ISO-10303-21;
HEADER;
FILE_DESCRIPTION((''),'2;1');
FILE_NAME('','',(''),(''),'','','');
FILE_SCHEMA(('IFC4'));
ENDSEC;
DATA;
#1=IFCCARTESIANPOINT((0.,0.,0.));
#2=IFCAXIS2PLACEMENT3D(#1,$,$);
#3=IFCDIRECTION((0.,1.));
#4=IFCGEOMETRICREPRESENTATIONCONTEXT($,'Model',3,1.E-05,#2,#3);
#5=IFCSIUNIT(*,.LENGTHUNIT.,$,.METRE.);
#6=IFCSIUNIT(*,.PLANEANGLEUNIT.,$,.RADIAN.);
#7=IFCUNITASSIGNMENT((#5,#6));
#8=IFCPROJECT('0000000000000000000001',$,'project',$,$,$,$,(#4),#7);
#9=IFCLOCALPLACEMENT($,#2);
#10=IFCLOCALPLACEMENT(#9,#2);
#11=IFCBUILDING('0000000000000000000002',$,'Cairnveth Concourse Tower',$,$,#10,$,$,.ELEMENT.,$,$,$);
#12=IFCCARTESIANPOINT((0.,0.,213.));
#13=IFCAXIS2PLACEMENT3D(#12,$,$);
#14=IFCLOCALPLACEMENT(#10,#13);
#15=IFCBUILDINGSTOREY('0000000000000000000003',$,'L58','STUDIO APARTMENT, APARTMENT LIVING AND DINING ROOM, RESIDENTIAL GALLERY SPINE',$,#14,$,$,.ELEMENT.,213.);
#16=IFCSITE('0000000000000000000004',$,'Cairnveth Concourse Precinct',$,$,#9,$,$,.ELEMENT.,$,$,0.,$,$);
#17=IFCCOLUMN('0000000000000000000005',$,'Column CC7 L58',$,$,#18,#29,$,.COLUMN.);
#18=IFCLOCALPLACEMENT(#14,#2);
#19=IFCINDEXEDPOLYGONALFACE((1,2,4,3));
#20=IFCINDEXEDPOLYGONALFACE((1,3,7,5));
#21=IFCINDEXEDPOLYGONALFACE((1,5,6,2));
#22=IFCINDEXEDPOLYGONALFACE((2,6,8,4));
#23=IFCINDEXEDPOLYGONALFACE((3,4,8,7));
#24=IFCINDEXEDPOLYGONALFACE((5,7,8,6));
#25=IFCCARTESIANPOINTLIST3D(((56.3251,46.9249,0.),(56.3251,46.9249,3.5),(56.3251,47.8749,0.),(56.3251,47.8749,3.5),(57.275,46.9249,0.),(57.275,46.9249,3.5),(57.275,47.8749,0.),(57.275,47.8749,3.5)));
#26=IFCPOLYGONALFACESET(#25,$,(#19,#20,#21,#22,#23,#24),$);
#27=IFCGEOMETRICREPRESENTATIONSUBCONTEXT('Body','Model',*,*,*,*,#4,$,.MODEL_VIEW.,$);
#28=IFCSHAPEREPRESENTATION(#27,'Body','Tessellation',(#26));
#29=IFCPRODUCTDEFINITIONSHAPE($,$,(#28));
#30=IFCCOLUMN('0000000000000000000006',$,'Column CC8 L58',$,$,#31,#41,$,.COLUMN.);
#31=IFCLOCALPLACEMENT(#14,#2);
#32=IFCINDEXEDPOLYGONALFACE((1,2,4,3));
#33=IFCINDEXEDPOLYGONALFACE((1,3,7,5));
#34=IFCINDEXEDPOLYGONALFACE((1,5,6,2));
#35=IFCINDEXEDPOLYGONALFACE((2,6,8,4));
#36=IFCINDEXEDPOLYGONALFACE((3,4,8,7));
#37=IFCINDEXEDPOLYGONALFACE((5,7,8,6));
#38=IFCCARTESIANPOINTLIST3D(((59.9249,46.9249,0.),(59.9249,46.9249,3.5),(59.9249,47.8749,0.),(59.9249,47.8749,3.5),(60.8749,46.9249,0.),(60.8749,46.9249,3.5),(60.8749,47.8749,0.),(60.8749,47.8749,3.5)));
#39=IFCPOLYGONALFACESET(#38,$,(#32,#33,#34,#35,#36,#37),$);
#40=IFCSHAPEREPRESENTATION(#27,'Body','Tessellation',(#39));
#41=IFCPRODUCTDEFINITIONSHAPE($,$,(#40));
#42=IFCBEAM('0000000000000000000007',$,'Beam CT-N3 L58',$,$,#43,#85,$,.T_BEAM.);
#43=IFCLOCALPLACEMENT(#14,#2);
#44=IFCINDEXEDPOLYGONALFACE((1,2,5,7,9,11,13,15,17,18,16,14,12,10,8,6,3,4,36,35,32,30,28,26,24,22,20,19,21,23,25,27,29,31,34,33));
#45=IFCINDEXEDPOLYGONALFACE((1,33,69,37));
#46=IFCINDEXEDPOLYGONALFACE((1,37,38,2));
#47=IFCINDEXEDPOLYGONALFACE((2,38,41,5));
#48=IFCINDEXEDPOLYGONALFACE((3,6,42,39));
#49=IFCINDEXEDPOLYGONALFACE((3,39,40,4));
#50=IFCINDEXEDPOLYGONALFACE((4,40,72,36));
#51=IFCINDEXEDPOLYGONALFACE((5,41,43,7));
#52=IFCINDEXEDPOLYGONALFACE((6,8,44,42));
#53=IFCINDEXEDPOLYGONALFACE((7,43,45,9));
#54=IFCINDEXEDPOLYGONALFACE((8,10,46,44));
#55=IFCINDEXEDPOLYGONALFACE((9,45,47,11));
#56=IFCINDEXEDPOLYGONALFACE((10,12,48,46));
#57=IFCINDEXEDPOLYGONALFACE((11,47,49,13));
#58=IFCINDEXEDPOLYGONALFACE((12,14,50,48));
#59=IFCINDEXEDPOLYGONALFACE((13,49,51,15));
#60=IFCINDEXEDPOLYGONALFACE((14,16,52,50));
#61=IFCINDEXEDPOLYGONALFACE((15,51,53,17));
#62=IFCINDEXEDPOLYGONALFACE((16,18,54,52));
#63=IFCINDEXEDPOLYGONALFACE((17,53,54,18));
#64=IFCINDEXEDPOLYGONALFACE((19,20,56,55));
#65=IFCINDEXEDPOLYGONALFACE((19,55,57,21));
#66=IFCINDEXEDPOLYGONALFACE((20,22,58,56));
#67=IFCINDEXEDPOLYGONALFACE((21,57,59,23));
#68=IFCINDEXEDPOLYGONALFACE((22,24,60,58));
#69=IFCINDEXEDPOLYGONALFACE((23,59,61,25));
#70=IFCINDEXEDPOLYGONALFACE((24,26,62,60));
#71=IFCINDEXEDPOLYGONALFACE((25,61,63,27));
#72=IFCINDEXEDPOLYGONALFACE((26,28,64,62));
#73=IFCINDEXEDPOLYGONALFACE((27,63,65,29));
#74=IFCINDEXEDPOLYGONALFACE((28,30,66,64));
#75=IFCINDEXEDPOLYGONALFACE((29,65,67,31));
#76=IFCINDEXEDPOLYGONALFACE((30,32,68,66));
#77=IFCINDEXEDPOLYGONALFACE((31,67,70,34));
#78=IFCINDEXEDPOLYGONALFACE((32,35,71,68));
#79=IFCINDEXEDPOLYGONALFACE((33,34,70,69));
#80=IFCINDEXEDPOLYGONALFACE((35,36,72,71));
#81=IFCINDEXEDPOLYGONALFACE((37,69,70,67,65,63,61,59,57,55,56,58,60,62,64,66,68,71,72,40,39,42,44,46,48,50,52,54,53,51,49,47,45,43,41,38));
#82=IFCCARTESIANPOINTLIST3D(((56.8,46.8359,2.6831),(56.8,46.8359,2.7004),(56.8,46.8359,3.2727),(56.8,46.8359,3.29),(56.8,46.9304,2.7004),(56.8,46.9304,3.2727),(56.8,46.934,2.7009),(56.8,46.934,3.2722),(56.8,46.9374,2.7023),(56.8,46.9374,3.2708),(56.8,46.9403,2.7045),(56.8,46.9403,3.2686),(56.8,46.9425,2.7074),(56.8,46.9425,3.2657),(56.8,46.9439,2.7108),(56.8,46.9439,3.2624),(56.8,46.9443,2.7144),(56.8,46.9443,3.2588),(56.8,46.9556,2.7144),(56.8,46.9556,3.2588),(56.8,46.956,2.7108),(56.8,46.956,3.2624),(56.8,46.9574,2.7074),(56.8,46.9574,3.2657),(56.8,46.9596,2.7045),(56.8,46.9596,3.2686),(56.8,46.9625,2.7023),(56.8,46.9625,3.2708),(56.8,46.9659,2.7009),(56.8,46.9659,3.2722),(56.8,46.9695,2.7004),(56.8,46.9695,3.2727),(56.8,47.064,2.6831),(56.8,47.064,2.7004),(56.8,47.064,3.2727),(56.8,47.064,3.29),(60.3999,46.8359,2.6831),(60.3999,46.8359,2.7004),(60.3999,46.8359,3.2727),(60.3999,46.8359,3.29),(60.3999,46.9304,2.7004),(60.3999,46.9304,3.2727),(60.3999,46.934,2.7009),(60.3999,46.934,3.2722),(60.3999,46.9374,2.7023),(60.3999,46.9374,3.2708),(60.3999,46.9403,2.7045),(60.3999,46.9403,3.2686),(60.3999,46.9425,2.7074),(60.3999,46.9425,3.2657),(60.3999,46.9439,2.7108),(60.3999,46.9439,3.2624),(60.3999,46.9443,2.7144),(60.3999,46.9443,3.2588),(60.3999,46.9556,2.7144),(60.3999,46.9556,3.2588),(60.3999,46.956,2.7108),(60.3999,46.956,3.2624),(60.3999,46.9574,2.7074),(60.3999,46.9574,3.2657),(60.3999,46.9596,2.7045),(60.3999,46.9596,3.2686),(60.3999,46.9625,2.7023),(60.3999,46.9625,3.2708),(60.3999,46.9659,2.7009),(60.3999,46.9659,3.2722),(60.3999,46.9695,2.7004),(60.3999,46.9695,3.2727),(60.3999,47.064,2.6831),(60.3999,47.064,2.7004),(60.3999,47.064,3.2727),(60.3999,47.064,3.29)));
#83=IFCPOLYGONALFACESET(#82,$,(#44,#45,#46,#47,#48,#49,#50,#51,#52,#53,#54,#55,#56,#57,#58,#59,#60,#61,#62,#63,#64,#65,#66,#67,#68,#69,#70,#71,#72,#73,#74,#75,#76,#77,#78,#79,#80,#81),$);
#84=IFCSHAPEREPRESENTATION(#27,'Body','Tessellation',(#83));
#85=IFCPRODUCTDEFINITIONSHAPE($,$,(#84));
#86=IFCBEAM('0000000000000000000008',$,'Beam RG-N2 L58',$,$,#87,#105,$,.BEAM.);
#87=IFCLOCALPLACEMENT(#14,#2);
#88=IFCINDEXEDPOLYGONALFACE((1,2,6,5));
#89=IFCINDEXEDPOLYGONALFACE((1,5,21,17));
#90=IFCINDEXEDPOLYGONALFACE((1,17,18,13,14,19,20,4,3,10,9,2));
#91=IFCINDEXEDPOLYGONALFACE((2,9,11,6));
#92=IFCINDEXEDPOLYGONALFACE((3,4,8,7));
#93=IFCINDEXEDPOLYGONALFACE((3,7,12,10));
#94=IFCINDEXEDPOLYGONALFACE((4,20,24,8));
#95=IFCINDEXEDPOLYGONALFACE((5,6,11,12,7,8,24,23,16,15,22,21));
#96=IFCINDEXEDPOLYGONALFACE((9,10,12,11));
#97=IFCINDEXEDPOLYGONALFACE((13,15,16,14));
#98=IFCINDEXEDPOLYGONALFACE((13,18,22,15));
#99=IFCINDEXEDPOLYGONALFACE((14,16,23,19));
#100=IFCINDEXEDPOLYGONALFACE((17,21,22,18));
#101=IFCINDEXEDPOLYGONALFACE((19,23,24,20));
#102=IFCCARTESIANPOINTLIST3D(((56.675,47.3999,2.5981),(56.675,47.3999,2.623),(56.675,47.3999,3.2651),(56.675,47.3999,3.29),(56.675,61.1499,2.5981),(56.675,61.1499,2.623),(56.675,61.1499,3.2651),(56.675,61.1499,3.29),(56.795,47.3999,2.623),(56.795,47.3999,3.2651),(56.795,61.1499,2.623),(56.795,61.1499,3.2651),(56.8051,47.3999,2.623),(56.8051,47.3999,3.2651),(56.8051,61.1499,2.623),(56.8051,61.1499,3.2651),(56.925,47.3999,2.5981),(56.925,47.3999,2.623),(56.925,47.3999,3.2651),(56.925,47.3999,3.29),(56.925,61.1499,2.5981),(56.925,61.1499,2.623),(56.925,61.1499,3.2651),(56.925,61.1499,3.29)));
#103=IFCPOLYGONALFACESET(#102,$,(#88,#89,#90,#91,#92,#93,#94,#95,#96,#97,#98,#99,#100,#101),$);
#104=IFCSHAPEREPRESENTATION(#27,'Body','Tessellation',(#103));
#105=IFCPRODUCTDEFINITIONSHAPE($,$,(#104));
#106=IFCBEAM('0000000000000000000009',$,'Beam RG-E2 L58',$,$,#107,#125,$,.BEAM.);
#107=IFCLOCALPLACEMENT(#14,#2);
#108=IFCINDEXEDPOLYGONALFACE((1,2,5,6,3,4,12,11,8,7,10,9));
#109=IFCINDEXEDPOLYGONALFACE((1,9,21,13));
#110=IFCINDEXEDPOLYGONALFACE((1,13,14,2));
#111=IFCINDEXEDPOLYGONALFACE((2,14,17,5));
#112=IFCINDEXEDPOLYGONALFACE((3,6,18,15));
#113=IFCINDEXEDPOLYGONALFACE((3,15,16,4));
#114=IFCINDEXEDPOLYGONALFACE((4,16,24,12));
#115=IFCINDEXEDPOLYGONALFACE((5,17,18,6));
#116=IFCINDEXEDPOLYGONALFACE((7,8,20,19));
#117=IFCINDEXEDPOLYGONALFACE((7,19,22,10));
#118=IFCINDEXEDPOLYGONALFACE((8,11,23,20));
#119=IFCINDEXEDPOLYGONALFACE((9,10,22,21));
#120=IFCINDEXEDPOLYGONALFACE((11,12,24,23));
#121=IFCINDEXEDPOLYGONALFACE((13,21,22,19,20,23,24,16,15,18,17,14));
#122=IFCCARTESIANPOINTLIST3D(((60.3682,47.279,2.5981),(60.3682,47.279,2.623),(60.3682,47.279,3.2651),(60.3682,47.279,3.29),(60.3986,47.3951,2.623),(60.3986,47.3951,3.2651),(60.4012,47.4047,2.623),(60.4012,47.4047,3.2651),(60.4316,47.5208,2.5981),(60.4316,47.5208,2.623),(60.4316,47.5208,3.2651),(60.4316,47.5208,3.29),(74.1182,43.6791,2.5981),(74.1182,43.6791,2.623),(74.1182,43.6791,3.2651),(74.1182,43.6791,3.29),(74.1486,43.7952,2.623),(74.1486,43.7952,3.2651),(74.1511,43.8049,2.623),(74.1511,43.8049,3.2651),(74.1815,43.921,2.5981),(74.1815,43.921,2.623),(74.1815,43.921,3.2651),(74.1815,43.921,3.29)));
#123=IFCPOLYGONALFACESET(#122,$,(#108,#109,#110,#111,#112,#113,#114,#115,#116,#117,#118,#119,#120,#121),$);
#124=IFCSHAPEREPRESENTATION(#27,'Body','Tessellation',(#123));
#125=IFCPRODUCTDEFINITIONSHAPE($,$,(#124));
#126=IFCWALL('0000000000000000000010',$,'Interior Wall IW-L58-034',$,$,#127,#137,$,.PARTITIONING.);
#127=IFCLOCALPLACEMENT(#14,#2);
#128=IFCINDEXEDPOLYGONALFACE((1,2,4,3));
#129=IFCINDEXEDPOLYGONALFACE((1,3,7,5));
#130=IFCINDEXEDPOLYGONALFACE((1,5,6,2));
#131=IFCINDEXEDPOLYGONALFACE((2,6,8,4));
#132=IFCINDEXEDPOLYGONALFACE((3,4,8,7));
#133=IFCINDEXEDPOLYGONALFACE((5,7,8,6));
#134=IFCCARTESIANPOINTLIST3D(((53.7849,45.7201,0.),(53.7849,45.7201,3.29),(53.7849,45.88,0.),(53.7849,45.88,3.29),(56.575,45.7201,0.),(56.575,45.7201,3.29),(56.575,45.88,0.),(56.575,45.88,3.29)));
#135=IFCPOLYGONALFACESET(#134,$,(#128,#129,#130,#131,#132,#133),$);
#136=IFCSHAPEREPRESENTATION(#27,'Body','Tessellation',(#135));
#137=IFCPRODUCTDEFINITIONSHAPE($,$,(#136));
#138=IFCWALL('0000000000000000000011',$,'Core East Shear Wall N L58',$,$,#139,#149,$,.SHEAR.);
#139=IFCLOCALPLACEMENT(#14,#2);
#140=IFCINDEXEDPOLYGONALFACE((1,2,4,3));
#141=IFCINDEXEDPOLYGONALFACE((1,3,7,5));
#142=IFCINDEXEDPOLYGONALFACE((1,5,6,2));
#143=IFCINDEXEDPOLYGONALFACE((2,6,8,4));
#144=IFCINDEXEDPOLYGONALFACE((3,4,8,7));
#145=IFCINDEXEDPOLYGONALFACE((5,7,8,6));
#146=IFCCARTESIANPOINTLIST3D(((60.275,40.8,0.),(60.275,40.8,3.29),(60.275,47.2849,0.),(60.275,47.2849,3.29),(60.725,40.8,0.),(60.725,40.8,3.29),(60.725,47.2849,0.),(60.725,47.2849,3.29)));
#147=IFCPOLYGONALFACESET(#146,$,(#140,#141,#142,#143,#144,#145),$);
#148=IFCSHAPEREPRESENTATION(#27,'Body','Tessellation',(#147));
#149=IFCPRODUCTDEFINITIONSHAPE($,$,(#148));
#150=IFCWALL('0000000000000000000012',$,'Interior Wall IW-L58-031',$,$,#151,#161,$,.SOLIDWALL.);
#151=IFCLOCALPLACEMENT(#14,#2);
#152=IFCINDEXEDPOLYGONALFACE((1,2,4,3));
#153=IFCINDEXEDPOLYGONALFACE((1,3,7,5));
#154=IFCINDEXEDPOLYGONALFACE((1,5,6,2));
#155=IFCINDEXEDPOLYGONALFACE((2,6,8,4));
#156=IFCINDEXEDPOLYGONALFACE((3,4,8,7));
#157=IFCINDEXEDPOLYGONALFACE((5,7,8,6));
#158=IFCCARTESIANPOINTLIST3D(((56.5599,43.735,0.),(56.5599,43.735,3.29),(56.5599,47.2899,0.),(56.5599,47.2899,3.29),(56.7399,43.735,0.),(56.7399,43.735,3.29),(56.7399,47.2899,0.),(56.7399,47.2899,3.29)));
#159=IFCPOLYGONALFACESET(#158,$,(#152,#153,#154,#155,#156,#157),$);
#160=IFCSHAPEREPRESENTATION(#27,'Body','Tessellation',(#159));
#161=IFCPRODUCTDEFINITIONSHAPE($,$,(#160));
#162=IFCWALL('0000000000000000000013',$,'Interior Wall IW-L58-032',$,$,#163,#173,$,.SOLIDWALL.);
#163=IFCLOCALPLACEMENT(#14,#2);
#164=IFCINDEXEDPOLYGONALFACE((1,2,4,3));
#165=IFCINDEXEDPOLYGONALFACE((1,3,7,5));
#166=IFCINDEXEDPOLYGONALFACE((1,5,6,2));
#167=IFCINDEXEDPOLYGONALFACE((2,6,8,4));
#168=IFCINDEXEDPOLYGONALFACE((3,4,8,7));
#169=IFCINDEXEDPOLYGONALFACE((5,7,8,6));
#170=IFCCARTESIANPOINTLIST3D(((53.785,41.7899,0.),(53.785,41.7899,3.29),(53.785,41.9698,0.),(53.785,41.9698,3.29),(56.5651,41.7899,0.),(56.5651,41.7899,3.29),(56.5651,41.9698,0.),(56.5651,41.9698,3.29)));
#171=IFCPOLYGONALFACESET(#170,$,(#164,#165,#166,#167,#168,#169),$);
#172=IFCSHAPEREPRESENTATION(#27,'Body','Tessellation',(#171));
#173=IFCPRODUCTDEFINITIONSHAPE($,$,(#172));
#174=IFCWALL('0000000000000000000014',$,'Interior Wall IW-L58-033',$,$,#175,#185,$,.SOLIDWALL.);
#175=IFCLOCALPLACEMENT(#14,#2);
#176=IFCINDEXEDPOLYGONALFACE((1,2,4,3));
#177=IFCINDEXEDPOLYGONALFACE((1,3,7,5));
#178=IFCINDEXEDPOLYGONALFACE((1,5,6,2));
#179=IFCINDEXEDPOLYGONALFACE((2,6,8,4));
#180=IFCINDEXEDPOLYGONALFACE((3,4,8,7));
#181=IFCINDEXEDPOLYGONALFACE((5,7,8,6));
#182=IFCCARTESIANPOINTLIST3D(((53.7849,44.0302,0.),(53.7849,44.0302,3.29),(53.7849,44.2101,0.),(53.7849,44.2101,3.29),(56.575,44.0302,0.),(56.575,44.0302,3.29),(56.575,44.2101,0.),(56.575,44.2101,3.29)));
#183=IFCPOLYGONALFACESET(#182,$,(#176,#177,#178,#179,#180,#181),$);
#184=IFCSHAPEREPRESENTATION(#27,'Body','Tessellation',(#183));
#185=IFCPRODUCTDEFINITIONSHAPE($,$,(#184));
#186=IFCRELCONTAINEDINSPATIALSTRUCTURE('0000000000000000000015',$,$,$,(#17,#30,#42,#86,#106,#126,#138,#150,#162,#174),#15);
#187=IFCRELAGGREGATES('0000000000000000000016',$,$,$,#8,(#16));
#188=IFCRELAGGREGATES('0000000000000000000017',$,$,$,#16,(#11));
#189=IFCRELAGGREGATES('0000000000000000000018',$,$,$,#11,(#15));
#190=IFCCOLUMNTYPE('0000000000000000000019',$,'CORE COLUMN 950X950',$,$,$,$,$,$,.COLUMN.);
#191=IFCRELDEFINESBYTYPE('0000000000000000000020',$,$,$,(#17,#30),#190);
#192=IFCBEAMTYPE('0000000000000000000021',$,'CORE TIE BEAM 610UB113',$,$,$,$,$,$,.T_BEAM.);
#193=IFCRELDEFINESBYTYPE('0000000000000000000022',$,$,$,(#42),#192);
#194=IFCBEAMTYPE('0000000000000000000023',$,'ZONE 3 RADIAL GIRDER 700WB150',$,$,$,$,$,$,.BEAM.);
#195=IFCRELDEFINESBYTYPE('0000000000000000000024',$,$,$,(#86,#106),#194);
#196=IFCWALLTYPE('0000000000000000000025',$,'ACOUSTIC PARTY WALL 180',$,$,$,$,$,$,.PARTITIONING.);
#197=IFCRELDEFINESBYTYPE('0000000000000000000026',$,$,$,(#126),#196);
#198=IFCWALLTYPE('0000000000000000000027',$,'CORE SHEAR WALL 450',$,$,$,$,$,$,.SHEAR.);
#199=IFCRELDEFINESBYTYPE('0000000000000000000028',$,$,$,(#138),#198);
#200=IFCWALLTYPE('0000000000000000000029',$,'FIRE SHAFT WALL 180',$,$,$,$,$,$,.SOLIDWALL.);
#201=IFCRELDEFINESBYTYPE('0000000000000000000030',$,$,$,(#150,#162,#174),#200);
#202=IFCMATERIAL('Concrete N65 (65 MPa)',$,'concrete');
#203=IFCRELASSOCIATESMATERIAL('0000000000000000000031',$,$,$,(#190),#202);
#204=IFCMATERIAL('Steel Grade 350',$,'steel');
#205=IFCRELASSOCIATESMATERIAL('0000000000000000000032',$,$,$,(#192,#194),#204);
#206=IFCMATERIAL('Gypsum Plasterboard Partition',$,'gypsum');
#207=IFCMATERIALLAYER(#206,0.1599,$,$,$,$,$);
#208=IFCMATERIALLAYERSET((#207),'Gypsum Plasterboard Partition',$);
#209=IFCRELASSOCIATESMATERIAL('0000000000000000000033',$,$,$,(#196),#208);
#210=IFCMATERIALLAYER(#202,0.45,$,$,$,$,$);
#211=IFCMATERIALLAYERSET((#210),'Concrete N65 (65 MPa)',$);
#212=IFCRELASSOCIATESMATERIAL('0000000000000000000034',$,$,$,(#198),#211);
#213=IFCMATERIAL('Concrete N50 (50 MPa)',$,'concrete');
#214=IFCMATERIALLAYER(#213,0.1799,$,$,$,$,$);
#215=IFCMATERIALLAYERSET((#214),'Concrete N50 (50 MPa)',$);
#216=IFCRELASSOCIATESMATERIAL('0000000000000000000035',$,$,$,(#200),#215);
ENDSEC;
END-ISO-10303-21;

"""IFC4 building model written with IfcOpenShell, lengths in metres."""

from ifc_helpers import new_model, si_unit, direction, frame, frame_2d, origin, origin_2d, place, context, subcontext, project, spatial, rectangle, i_section, extrude, material, layer, layer_set, material_profile, profile_set, type_object, element, save


model = new_model("IFC4")

# Units and contexts
model_context = context("Model", 3, precision=1e-05, world=origin(), true_north=direction((0.0, 1.0)))
body_context = subcontext(model_context, "Body", "Model", "MODEL_VIEW")
ifc_project = project(units=[si_unit("LENGTHUNIT", "METRE"), si_unit("PLANEANGLEUNIT", "RADIAN")], contexts=[model_context])

# Site, building, storey
site_placement = place(None, origin())
site = spatial("IfcSite", under=ifc_project, at=site_placement, Name="Cairnveth Concourse Precinct", CompositionType="ELEMENT", RefElevation=0.0)
building_placement = place(site_placement, origin())
building = spatial("IfcBuilding", under=site, at=building_placement, Name="Cairnveth Concourse Tower", CompositionType="ELEMENT")
storey_placement = place(building_placement, frame((0.0, 0.0, 213.0)))
storey = spatial("IfcBuildingStorey", under=building, at=storey_placement, Name="L58", Description="STUDIO APARTMENT, APARTMENT LIVING AND DINING ROOM, RESIDENTIAL GALLERY SPINE", CompositionType="ELEMENT", Elevation=213.0)

# Columns
ifc_material_1 = material(Name="Concrete N65 (65 MPa)", Category="concrete")
ifc_material_profile_1 = material_profile(ifc_material_1, rectangle(XDim=0.95, YDim=0.95, at=origin_2d()), Name="RC-COL-950x950")
ifc_profile_set_1 = profile_set([ifc_material_profile_1], Name="Concrete N65 (65 MPa)")
column_type = type_object("IfcColumnType", Name="CORE COLUMN 950X950", PredefinedType="COLUMN", material=ifc_profile_set_1)
for number, where, z_axis, x_axis, name in (
    (1, (56.8, 47.3999, 0.0), (0.0, 0.0, 1.0), (1.0, 0.0, 0.0), "Column CC7 L58"),
    (2, (60.3999, 47.3999, 0.0), (0.0, 0.0, 1.0), (1.0, 0.0, 0.0), "Column CC8 L58"),
):
    element("IfcColumn", number, at=place(storey_placement, frame(where, z_axis=z_axis, x_axis=x_axis)), inside=storey, type_object=column_type, Name=name, PredefinedType="COLUMN", context=body_context, shape_type="SweptSolid", body=[
        extrude(rectangle(XDim=0.95, YDim=0.95, at=origin_2d()), origin(), (0.0, 0.0, 1.0), 3.5),
    ])

# Beams
ifc_material_2 = material(Name="Steel Grade 350", Category="steel")
ifc_material_profile_2 = material_profile(ifc_material_2, i_section(OverallWidth=0.228, OverallDepth=0.6069, WebThickness=0.0112, FlangeThickness=0.0173, FilletRadius=0.0139, at=origin_2d()), Name="610UB113")
ifc_profile_set_2 = profile_set([ifc_material_profile_2], Name="Steel Grade 350")
beam_type_1 = type_object("IfcBeamType", Name="CORE TIE BEAM 610UB113", PredefinedType="T_BEAM", material=ifc_profile_set_2)
beam_1_placement = place(storey_placement, frame((56.8, 46.95, 2.9866), z_axis=(1.0, 0.0, 0.0), x_axis=(0.0, 1.0, 0.0)))
element("IfcBeam", 3, at=beam_1_placement, inside=storey, type_object=beam_type_1, Name="Beam CT-N3 L58", PredefinedType="T_BEAM", context=body_context, shape_type="SweptSolid", body=[
    extrude(i_section(OverallWidth=0.228, OverallDepth=0.6069, WebThickness=0.0112, FlangeThickness=0.0173, FilletRadius=0.0139, at=origin_2d()), origin(), (0.0, 0.0, 1.0), 3.5999),
])
ifc_material_profile_3 = material_profile(ifc_material_2, i_section(OverallWidth=0.25, OverallDepth=0.6919, WebThickness=0.01, FlangeThickness=0.0249, at=origin_2d()), Name="700WB150")
ifc_profile_set_3 = profile_set([ifc_material_profile_3], Name="Steel Grade 350")
beam_type_2 = type_object("IfcBeamType", Name="ZONE 3 RADIAL GIRDER 700WB150", PredefinedType="BEAM", material=ifc_profile_set_3)
beam_2_placement = place(storey_placement, frame((56.8, 47.3999, 2.9441), z_axis=(0.0, 1.0, 0.0), x_axis=(-1.0, 0.0, 0.0)))
element("IfcBeam", 4, at=beam_2_placement, inside=storey, type_object=beam_type_2, Name="Beam RG-N2 L58", PredefinedType="BEAM", context=body_context, shape_type="SweptSolid", body=[
    extrude(i_section(OverallWidth=0.25, OverallDepth=0.6919, WebThickness=0.01, FlangeThickness=0.0249, at=origin_2d()), origin(), (0.0, 0.0, 1.0), 13.75),
])
beam_3_placement = place(storey_placement, frame((60.3999, 47.3999, 2.9441), z_axis=(0.967395, -0.253271, 0.0), x_axis=(0.253271, 0.967395, 0.0)))
element("IfcBeam", 5, at=beam_3_placement, inside=storey, type_object=beam_type_2, Name="Beam RG-E2 L58", PredefinedType="BEAM", context=body_context, shape_type="SweptSolid", body=[
    extrude(i_section(OverallWidth=0.25, OverallDepth=0.6919, WebThickness=0.01, FlangeThickness=0.0249, at=origin_2d()), origin(), (0.0, 0.0, 1.0), 14.2134),
])

# Walls
ifc_material_3 = material(Name="Gypsum Plasterboard Partition", Category="gypsum")
ifc_layer_1 = layer(ifc_material_3, 0.1599)
ifc_layer_set_1 = layer_set([ifc_layer_1], Name="Gypsum Plasterboard Partition")
wall_type_1 = type_object("IfcWallType", Name="ACOUSTIC PARTY WALL 180", PredefinedType="PARTITIONING", material=ifc_layer_set_1)
wall_1_placement = place(storey_placement, frame((53.7849, 45.8, 0.0), z_axis=(0.0, 0.0, 1.0), x_axis=(1.0, 0.0, 0.0)))
element("IfcWall", 6, at=wall_1_placement, inside=storey, type_object=wall_type_1, Name="Interior Wall IW-L58-034", PredefinedType="PARTITIONING", context=body_context, shape_type="SweptSolid", body=[
    extrude(rectangle(XDim=2.79, YDim=0.1599, at=frame_2d((1.395, 0.0))), origin(), (0.0, 0.0, 1.0), 3.29),
])
ifc_layer_2 = layer(ifc_material_1, 0.45)
ifc_layer_set_2 = layer_set([ifc_layer_2], Name="Concrete N65 (65 MPa)")
wall_type_2 = type_object("IfcWallType", Name="CORE SHEAR WALL 450", PredefinedType="SHEAR", material=ifc_layer_set_2)
wall_2_placement = place(storey_placement, frame((60.5, 40.8, 0.0), z_axis=(0.0, 0.0, 1.0), x_axis=(0.0, 1.0, 0.0)))
element("IfcWall", 7, at=wall_2_placement, inside=storey, type_object=wall_type_2, Name="Core East Shear Wall N L58", PredefinedType="SHEAR", context=body_context, shape_type="SweptSolid", body=[
    extrude(rectangle(XDim=6.4849, YDim=0.45, at=frame_2d((3.2424, 0.0))), origin(), (0.0, 0.0, 1.0), 3.29),
])
ifc_material_4 = material(Name="Concrete N50 (50 MPa)", Category="concrete")
ifc_layer_3 = layer(ifc_material_4, 0.1799)
ifc_layer_set_3 = layer_set([ifc_layer_3], Name="Concrete N50 (50 MPa)")
wall_type_3 = type_object("IfcWallType", Name="FIRE SHAFT WALL 180", PredefinedType="SOLIDWALL", material=ifc_layer_set_3)
wall_3_placement = place(storey_placement, frame((56.6499, 43.7351, 0.0), z_axis=(0.0, 0.0, 1.0), x_axis=(0.0, 1.0, 0.0)))
element("IfcWall", 8, at=wall_3_placement, inside=storey, type_object=wall_type_3, Name="Interior Wall IW-L58-031", PredefinedType="SOLIDWALL", context=body_context, shape_type="SweptSolid", body=[
    extrude(rectangle(XDim=3.5549, YDim=0.1799, at=frame_2d((1.7773, 0.0))), origin(), (0.0, 0.0, 1.0), 3.29),
])
wall_4_placement = place(storey_placement, frame((53.7849, 41.8799, 0.0), z_axis=(0.0, 0.0, 1.0), x_axis=(1.0, 0.0, 0.0)))
element("IfcWall", 9, at=wall_4_placement, inside=storey, type_object=wall_type_3, Name="Interior Wall IW-L58-032", PredefinedType="SOLIDWALL", context=body_context, shape_type="SweptSolid", body=[
    extrude(rectangle(XDim=2.78, YDim=0.1799, at=frame_2d((1.3901, 0.0))), origin(), (0.0, 0.0, 1.0), 3.29),
])
wall_5_placement = place(storey_placement, frame((53.7849, 44.1201, 0.0), z_axis=(0.0, 0.0, 1.0), x_axis=(1.0, 0.0, 0.0)))
element("IfcWall", 10, at=wall_5_placement, inside=storey, type_object=wall_type_3, Name="Interior Wall IW-L58-033", PredefinedType="SOLIDWALL", context=body_context, shape_type="SweptSolid", body=[
    extrude(rectangle(XDim=2.79, YDim=0.1799, at=frame_2d((1.395, 0.0))), origin(), (0.0, 0.0, 1.0), 3.29),
])

save(model, "model.ifc")
